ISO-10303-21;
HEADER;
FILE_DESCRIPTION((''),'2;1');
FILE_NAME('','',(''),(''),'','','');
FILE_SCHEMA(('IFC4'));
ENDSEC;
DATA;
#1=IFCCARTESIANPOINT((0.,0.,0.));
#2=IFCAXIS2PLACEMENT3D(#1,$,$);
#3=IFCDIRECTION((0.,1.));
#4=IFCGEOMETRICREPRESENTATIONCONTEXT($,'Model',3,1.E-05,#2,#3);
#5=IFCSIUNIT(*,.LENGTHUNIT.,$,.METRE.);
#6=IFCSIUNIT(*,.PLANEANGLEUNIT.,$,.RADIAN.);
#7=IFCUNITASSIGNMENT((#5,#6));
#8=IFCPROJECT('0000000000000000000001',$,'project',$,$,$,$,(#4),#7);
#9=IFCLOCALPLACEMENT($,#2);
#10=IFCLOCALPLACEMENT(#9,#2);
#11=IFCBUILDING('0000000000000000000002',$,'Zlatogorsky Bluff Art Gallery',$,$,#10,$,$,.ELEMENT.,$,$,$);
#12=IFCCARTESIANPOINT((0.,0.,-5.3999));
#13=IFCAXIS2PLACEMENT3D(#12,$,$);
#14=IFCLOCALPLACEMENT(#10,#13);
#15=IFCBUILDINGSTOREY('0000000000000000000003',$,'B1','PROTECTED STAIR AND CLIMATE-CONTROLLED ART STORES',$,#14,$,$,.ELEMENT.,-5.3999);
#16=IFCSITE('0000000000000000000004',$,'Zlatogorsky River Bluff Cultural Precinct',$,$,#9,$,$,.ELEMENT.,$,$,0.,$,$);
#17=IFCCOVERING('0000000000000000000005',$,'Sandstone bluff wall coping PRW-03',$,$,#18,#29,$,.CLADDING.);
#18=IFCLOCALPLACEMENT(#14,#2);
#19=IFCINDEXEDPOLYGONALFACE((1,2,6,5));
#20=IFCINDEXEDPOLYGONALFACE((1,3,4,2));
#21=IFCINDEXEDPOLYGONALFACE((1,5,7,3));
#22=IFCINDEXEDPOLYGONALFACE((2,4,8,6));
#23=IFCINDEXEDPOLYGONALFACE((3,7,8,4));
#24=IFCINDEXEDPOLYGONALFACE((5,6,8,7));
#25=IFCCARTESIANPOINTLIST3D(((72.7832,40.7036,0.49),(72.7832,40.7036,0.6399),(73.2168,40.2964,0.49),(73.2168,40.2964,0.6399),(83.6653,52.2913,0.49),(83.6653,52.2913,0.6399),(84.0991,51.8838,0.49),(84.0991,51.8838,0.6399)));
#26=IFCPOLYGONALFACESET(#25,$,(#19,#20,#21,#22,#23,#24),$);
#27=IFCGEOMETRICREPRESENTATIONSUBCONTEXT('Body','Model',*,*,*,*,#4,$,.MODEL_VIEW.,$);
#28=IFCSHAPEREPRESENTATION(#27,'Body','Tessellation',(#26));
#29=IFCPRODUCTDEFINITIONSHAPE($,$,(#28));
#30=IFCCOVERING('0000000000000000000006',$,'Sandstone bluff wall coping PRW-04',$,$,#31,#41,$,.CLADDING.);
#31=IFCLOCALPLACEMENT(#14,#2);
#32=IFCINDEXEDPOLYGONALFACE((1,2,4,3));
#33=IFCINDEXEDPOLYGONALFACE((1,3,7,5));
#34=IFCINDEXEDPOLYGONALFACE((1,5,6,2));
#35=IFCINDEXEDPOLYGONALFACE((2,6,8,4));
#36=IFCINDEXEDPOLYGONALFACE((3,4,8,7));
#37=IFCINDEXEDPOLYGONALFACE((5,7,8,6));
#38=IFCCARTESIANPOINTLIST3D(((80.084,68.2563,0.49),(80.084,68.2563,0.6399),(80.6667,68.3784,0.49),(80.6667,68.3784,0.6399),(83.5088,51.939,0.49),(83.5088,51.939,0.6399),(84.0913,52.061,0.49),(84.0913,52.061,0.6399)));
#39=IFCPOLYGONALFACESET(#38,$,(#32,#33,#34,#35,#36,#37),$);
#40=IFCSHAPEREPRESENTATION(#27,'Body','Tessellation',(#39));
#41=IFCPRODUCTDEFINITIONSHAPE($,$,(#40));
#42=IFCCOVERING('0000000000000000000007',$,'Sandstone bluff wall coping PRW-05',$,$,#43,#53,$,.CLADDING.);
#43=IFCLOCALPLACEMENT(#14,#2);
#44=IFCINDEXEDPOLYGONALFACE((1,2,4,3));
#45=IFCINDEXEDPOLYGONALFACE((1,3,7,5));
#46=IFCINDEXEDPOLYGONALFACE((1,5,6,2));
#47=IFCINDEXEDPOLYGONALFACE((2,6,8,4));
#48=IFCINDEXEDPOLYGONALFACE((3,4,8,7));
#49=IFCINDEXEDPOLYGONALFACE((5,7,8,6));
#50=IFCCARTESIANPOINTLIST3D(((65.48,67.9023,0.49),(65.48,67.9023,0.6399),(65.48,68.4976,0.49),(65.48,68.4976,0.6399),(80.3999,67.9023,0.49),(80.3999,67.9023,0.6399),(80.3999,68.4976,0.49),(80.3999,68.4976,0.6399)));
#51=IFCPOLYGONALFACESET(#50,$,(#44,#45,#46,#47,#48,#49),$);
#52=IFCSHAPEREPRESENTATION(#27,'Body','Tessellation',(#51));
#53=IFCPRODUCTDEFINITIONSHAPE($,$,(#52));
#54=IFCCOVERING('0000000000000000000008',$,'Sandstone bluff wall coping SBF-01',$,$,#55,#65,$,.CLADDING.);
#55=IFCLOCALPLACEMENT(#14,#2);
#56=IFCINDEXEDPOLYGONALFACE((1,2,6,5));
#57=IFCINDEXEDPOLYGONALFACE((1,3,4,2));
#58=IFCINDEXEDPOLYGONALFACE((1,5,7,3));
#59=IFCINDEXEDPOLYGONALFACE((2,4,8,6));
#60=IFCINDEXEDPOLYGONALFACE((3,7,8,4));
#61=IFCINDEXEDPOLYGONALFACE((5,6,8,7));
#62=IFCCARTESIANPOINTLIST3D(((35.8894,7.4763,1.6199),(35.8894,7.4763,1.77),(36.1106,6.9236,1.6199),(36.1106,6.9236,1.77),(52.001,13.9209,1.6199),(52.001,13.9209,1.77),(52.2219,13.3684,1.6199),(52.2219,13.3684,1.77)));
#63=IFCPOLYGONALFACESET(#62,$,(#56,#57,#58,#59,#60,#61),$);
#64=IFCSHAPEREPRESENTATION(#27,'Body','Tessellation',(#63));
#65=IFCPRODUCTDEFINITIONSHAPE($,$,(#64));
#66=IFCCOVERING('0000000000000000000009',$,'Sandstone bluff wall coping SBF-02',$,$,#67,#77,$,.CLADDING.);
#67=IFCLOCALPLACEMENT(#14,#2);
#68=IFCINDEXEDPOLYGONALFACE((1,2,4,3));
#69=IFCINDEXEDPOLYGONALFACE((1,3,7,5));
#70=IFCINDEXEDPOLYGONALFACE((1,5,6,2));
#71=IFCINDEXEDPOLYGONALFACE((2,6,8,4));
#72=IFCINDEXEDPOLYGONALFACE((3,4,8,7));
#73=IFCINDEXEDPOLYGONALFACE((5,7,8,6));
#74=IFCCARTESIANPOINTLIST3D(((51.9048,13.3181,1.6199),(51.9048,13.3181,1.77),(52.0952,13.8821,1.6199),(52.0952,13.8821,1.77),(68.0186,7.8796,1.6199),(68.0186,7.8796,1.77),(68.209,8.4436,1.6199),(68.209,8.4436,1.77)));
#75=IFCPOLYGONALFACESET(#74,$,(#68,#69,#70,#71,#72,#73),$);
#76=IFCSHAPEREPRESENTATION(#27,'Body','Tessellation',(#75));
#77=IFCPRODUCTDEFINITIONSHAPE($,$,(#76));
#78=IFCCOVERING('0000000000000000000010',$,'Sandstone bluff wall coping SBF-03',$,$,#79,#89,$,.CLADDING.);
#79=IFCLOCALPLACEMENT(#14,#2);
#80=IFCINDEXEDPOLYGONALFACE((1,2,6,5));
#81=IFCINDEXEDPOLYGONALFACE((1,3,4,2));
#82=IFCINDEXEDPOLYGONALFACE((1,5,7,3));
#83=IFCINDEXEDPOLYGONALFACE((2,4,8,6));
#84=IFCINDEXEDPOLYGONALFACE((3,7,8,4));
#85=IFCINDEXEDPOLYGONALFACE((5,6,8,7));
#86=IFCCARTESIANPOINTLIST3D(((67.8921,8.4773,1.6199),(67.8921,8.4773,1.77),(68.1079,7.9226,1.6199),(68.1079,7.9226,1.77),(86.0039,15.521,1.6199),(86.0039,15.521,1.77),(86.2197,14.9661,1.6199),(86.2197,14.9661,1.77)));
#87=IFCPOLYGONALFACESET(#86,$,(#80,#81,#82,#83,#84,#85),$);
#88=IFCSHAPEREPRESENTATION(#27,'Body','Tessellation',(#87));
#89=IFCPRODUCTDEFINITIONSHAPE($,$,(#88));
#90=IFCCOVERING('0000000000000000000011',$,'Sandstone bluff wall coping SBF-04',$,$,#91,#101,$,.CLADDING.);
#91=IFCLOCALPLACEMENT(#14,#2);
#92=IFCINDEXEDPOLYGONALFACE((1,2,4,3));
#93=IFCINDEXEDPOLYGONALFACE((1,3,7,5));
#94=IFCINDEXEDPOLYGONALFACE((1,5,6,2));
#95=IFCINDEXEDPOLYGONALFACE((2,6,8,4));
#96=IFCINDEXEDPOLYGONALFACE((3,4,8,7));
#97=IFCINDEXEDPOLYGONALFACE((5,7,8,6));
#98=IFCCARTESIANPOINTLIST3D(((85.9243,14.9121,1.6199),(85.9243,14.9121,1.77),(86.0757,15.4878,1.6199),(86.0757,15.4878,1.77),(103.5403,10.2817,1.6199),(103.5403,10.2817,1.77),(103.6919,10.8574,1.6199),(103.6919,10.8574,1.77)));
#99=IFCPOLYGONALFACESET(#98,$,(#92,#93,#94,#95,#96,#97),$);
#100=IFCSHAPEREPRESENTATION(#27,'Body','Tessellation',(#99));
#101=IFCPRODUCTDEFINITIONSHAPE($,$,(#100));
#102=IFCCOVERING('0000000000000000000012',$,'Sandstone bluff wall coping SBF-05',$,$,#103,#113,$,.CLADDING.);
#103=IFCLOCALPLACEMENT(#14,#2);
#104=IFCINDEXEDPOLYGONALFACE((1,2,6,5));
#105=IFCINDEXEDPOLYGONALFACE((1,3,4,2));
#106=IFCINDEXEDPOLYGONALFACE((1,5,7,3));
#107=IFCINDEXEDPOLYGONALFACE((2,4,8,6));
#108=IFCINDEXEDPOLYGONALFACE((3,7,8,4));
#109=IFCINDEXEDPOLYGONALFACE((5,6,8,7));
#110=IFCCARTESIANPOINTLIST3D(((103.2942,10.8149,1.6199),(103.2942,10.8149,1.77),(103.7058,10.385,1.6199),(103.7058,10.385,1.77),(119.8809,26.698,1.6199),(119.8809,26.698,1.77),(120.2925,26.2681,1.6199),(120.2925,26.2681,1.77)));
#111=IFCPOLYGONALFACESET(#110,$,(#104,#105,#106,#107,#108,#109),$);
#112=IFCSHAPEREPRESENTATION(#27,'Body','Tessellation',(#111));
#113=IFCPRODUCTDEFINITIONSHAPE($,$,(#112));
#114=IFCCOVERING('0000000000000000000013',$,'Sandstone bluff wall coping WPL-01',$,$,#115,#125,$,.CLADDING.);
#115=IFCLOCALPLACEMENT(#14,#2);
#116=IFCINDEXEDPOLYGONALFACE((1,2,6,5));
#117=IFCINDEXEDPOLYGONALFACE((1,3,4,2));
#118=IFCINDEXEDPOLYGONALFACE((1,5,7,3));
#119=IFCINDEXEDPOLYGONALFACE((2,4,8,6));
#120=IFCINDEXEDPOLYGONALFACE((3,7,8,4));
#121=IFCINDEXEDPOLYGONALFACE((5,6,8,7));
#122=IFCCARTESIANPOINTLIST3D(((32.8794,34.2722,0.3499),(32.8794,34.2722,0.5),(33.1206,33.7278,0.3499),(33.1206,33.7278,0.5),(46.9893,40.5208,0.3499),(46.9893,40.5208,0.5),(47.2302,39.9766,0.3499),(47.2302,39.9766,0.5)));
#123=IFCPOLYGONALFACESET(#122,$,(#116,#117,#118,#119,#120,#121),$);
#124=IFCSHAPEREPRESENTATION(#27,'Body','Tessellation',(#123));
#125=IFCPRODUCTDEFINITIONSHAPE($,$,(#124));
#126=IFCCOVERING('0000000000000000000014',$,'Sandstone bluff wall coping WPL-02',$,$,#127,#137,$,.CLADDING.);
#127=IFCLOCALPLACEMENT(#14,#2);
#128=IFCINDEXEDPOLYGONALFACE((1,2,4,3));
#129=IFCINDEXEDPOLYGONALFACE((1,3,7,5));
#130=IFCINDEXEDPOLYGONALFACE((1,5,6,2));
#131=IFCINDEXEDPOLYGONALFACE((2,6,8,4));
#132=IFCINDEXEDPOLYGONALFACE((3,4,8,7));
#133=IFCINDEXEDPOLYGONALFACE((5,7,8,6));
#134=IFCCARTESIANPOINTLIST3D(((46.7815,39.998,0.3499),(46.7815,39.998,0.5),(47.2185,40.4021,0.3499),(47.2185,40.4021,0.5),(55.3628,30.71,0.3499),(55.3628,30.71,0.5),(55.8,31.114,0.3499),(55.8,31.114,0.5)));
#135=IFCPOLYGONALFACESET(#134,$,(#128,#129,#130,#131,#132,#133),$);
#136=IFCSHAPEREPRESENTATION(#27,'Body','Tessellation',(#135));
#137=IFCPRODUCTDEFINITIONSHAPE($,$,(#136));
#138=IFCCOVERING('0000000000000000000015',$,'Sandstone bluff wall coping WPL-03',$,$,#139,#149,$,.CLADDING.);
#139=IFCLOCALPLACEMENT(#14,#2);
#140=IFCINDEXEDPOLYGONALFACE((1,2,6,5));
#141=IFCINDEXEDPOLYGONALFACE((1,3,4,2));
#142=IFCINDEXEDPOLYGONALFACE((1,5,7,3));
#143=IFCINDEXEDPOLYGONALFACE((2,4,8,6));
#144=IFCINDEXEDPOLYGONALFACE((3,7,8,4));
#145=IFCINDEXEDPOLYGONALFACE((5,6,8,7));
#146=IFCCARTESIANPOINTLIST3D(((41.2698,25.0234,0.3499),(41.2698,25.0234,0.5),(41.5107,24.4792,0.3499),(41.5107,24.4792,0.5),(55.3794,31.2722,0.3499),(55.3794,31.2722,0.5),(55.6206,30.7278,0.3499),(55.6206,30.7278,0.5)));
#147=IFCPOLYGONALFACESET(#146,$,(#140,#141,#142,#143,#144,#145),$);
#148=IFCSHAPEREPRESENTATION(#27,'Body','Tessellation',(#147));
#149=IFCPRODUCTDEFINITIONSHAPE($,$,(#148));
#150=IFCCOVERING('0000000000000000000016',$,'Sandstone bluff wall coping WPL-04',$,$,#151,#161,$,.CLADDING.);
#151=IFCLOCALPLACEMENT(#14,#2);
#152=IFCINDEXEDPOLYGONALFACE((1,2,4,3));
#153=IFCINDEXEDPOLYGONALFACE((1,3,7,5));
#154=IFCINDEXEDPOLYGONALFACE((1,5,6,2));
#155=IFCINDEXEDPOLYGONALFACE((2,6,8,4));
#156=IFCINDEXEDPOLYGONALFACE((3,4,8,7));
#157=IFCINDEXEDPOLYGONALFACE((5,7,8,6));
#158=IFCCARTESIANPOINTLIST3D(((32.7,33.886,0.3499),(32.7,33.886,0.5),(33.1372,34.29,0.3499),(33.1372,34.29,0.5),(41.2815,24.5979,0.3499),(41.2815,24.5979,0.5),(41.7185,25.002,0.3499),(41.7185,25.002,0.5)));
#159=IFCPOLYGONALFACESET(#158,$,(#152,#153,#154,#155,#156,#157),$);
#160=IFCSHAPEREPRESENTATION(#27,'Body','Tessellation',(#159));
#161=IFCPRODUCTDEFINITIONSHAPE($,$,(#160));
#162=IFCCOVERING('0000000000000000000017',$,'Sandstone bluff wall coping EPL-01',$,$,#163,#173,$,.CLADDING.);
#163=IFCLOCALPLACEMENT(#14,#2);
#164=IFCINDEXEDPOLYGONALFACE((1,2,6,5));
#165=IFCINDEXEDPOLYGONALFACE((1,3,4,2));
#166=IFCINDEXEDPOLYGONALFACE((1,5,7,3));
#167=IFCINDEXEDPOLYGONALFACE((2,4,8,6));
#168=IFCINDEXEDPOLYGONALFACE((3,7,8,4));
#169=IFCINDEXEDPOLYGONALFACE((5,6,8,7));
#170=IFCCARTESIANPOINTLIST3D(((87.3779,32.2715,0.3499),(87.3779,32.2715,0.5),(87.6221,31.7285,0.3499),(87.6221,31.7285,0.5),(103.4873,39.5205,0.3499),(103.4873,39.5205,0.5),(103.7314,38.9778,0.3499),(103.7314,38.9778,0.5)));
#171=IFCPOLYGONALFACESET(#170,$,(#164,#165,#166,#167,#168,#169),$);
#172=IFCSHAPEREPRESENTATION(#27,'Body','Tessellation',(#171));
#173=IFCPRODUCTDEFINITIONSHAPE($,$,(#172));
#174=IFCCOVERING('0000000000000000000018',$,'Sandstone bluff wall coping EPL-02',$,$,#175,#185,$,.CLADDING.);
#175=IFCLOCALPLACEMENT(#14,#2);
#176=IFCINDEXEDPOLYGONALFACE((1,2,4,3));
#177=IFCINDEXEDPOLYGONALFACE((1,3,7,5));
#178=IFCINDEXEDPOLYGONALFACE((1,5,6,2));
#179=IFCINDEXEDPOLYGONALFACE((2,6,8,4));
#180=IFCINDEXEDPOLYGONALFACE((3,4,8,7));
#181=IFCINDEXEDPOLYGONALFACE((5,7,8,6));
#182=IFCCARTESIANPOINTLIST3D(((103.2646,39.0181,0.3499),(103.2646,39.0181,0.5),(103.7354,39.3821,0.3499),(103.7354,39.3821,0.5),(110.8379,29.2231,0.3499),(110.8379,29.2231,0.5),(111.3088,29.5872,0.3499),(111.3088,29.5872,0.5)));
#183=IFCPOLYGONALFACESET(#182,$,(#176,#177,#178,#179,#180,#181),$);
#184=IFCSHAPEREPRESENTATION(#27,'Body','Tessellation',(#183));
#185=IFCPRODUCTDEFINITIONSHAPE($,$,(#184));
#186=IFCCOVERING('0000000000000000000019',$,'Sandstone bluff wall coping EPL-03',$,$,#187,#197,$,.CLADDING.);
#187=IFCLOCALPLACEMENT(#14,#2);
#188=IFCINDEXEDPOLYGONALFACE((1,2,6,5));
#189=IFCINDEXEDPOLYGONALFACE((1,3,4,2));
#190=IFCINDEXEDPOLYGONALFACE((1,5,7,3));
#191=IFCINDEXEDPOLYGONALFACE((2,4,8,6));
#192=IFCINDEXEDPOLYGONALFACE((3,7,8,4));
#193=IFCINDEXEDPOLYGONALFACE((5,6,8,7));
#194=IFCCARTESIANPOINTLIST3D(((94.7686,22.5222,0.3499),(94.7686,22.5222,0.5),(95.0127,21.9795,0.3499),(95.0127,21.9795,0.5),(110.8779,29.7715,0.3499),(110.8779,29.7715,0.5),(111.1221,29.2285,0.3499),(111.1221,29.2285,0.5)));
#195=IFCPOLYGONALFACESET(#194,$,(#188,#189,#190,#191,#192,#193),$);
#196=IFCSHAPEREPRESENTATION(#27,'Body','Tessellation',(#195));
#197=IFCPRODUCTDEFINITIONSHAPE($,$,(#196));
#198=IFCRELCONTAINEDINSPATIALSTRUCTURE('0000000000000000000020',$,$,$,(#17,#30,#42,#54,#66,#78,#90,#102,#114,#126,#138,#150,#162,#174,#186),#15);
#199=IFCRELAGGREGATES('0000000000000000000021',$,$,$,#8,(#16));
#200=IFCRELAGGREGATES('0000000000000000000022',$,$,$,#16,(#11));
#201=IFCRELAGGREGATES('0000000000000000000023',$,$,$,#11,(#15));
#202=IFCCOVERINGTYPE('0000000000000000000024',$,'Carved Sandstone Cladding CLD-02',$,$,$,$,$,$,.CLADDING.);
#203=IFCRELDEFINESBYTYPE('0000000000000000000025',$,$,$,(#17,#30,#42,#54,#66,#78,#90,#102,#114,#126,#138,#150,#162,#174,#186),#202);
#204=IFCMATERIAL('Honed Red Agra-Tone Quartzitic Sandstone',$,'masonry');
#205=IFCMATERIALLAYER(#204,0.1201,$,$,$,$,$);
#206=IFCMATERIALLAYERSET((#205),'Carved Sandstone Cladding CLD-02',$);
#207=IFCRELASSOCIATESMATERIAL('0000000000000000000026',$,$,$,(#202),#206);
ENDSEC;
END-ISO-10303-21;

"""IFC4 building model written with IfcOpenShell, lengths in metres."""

from ifc_helpers import new_model, si_unit, direction, frame, origin, place, context, subcontext, project, spatial, polyline, outline, extrude, material, layer, layer_set, type_object, element, save


model = new_model("IFC4")

# Units and contexts
model_context = context("Model", 3, precision=1e-05, world=origin(), true_north=direction((0.0, 1.0)))
body_context = subcontext(model_context, "Body", "Model", "MODEL_VIEW")
ifc_project = project(units=[si_unit("LENGTHUNIT", "METRE"), si_unit("PLANEANGLEUNIT", "RADIAN")], contexts=[model_context])

# Site, building, storey
site_placement = place(None, origin())
site = spatial("IfcSite", under=ifc_project, at=site_placement, Name="Zlatogorsky River Bluff Cultural Precinct", CompositionType="ELEMENT", RefElevation=0.0)
building_placement = place(site_placement, origin())
building = spatial("IfcBuilding", under=site, at=building_placement, Name="Zlatogorsky Bluff Art Gallery", CompositionType="ELEMENT")
storey_placement = place(building_placement, frame((0.0, 0.0, -5.3999)))
storey = spatial("IfcBuildingStorey", under=building, at=storey_placement, Name="B1", Description="PROTECTED STAIR AND CLIMATE-CONTROLLED ART STORES", CompositionType="ELEMENT", Elevation=-5.3999)

# Coverings
ifc_material_1 = material(Name="Honed Red Agra-Tone Quartzitic Sandstone", Category="masonry")
ifc_layer_1 = layer(ifc_material_1, 0.1201)
ifc_layer_set_1 = layer_set([ifc_layer_1], Name="Carved Sandstone Cladding CLD-02")
covering_type_1 = type_object("IfcCoveringType", Name="Carved Sandstone Cladding CLD-02", PredefinedType="CLADDING", material=ifc_layer_set_1)
covering_1_placement = place(storey_placement, frame((0.0, 0.0, 0.49)))
element("IfcCovering", 1, at=covering_1_placement, inside=storey, type_object=covering_type_1, Name="Sandstone bluff wall coping PRW-03", PredefinedType="CLADDING", context=body_context, shape_type="SweptSolid", body=[
    extrude(outline(polyline([(73.2168, 40.2964), (84.0991, 51.8838), (83.6653, 52.2913), (72.7832, 40.7036), (73.2168, 40.2964)])), origin(), (0.0, 0.0, 1.0), 0.1499),
])
covering_2_placement = place(storey_placement, frame((0.0, 0.0, 0.49)))
element("IfcCovering", 2, at=covering_2_placement, inside=storey, type_object=covering_type_1, Name="Sandstone bluff wall coping PRW-04", PredefinedType="CLADDING", context=body_context, shape_type="SweptSolid", body=[
    extrude(outline(polyline([(84.0913, 52.061), (80.6667, 68.3784), (80.084, 68.2563), (83.5088, 51.939), (84.0913, 52.061)])), origin(), (0.0, 0.0, 1.0), 0.1499),
])
covering_3_placement = place(storey_placement, frame((0.0, 0.0, 0.49)))
element("IfcCovering", 3, at=covering_3_placement, inside=storey, type_object=covering_type_1, Name="Sandstone bluff wall coping PRW-05", PredefinedType="CLADDING", context=body_context, shape_type="SweptSolid", body=[
    extrude(outline(polyline([(80.3999, 68.4976), (65.48, 68.4976), (65.48, 67.9023), (80.3999, 67.9023), (80.3999, 68.4976)])), origin(), (0.0, 0.0, 1.0), 0.1499),
])
covering_4_placement = place(storey_placement, frame((0.0, 0.0, 1.6199)))
element("IfcCovering", 4, at=covering_4_placement, inside=storey, type_object=covering_type_1, Name="Sandstone bluff wall coping SBF-01", PredefinedType="CLADDING", context=body_context, shape_type="SweptSolid", body=[
    extrude(outline(polyline([(36.1106, 6.9236), (52.2219, 13.3684), (52.001, 13.9209), (35.8894, 7.4763), (36.1106, 6.9236)])), origin(), (0.0, 0.0, 1.0), 0.1501),
])
covering_5_placement = place(storey_placement, frame((0.0, 0.0, 1.6199)))
element("IfcCovering", 5, at=covering_5_placement, inside=storey, type_object=covering_type_1, Name="Sandstone bluff wall coping SBF-02", PredefinedType="CLADDING", context=body_context, shape_type="SweptSolid", body=[
    extrude(outline(polyline([(51.9048, 13.3181), (68.0186, 7.8796), (68.209, 8.4436), (52.0952, 13.8821), (51.9048, 13.3181)])), origin(), (0.0, 0.0, 1.0), 0.1501),
])
covering_6_placement = place(storey_placement, frame((0.0, 0.0, 1.6199)))
element("IfcCovering", 6, at=covering_6_placement, inside=storey, type_object=covering_type_1, Name="Sandstone bluff wall coping SBF-03", PredefinedType="CLADDING", context=body_context, shape_type="SweptSolid", body=[
    extrude(outline(polyline([(68.1079, 7.9226), (86.2197, 14.9661), (86.0039, 15.521), (67.8921, 8.4773), (68.1079, 7.9226)])), origin(), (0.0, 0.0, 1.0), 0.1501),
])
covering_7_placement = place(storey_placement, frame((0.0, 0.0, 1.6199)))
element("IfcCovering", 7, at=covering_7_placement, inside=storey, type_object=covering_type_1, Name="Sandstone bluff wall coping SBF-04", PredefinedType="CLADDING", context=body_context, shape_type="SweptSolid", body=[
    extrude(outline(polyline([(85.9243, 14.9121), (103.5403, 10.2817), (103.6919, 10.8574), (86.0757, 15.4878), (85.9243, 14.9121)])), origin(), (0.0, 0.0, 1.0), 0.1501),
])
covering_8_placement = place(storey_placement, frame((0.0, 0.0, 1.6199)))
element("IfcCovering", 8, at=covering_8_placement, inside=storey, type_object=covering_type_1, Name="Sandstone bluff wall coping SBF-05", PredefinedType="CLADDING", context=body_context, shape_type="SweptSolid", body=[
    extrude(outline(polyline([(103.7058, 10.385), (120.2925, 26.2681), (119.8809, 26.698), (103.2942, 10.8149), (103.7058, 10.385)])), origin(), (0.0, 0.0, 1.0), 0.1501),
])
covering_9_placement = place(storey_placement, frame((0.0, 0.0, 0.3499)))
element("IfcCovering", 9, at=covering_9_placement, inside=storey, type_object=covering_type_1, Name="Sandstone bluff wall coping WPL-01", PredefinedType="CLADDING", context=body_context, shape_type="SweptSolid", body=[
    extrude(outline(polyline([(33.1206, 33.7278), (47.2302, 39.9766), (46.9893, 40.5208), (32.8794, 34.2722), (33.1206, 33.7278)])), origin(), (0.0, 0.0, 1.0), 0.1501),
])
covering_10_placement = place(storey_placement, frame((0.0, 0.0, 0.3499)))
element("IfcCovering", 10, at=covering_10_placement, inside=storey, type_object=covering_type_1, Name="Sandstone bluff wall coping WPL-02", PredefinedType="CLADDING", context=body_context, shape_type="SweptSolid", body=[
    extrude(outline(polyline([(46.7815, 39.998), (55.3628, 30.71), (55.8, 31.114), (47.2185, 40.4021), (46.7815, 39.998)])), origin(), (0.0, 0.0, 1.0), 0.1501),
])
covering_11_placement = place(storey_placement, frame((0.0, 0.0, 0.3499)))
element("IfcCovering", 11, at=covering_11_placement, inside=storey, type_object=covering_type_1, Name="Sandstone bluff wall coping WPL-03", PredefinedType="CLADDING", context=body_context, shape_type="SweptSolid", body=[
    extrude(outline(polyline([(55.3794, 31.2722), (41.2698, 25.0234), (41.5107, 24.4792), (55.6206, 30.7278), (55.3794, 31.2722)])), origin(), (0.0, 0.0, 1.0), 0.1501),
])
covering_12_placement = place(storey_placement, frame((0.0, 0.0, 0.3499)))
element("IfcCovering", 12, at=covering_12_placement, inside=storey, type_object=covering_type_1, Name="Sandstone bluff wall coping WPL-04", PredefinedType="CLADDING", context=body_context, shape_type="SweptSolid", body=[
    extrude(outline(polyline([(41.7185, 25.002), (33.1372, 34.29), (32.7, 33.886), (41.2815, 24.5979), (41.7185, 25.002)])), origin(), (0.0, 0.0, 1.0), 0.1501),
])
covering_13_placement = place(storey_placement, frame((0.0, 0.0, 0.3499)))
element("IfcCovering", 13, at=covering_13_placement, inside=storey, type_object=covering_type_1, Name="Sandstone bluff wall coping EPL-01", PredefinedType="CLADDING", context=body_context, shape_type="SweptSolid", body=[
    extrude(outline(polyline([(87.6221, 31.7285), (103.7314, 38.9778), (103.4873, 39.5205), (87.3779, 32.2715), (87.6221, 31.7285)])), origin(), (0.0, 0.0, 1.0), 0.1501),
])
covering_14_placement = place(storey_placement, frame((0.0, 0.0, 0.3499)))
element("IfcCovering", 14, at=covering_14_placement, inside=storey, type_object=covering_type_1, Name="Sandstone bluff wall coping EPL-02", PredefinedType="CLADDING", context=body_context, shape_type="SweptSolid", body=[
    extrude(outline(polyline([(103.2646, 39.0181), (110.8379, 29.2231), (111.3088, 29.5872), (103.7354, 39.3821), (103.2646, 39.0181)])), origin(), (0.0, 0.0, 1.0), 0.1501),
])
covering_15_placement = place(storey_placement, frame((0.0, 0.0, 0.3499)))
element("IfcCovering", 15, at=covering_15_placement, inside=storey, type_object=covering_type_1, Name="Sandstone bluff wall coping EPL-03", PredefinedType="CLADDING", context=body_context, shape_type="SweptSolid", body=[
    extrude(outline(polyline([(110.8779, 29.7715), (94.7686, 22.5222), (95.0127, 21.9795), (111.1221, 29.2285), (110.8779, 29.7715)])), origin(), (0.0, 0.0, 1.0), 0.1501),
])

save(model, "model.ifc")
